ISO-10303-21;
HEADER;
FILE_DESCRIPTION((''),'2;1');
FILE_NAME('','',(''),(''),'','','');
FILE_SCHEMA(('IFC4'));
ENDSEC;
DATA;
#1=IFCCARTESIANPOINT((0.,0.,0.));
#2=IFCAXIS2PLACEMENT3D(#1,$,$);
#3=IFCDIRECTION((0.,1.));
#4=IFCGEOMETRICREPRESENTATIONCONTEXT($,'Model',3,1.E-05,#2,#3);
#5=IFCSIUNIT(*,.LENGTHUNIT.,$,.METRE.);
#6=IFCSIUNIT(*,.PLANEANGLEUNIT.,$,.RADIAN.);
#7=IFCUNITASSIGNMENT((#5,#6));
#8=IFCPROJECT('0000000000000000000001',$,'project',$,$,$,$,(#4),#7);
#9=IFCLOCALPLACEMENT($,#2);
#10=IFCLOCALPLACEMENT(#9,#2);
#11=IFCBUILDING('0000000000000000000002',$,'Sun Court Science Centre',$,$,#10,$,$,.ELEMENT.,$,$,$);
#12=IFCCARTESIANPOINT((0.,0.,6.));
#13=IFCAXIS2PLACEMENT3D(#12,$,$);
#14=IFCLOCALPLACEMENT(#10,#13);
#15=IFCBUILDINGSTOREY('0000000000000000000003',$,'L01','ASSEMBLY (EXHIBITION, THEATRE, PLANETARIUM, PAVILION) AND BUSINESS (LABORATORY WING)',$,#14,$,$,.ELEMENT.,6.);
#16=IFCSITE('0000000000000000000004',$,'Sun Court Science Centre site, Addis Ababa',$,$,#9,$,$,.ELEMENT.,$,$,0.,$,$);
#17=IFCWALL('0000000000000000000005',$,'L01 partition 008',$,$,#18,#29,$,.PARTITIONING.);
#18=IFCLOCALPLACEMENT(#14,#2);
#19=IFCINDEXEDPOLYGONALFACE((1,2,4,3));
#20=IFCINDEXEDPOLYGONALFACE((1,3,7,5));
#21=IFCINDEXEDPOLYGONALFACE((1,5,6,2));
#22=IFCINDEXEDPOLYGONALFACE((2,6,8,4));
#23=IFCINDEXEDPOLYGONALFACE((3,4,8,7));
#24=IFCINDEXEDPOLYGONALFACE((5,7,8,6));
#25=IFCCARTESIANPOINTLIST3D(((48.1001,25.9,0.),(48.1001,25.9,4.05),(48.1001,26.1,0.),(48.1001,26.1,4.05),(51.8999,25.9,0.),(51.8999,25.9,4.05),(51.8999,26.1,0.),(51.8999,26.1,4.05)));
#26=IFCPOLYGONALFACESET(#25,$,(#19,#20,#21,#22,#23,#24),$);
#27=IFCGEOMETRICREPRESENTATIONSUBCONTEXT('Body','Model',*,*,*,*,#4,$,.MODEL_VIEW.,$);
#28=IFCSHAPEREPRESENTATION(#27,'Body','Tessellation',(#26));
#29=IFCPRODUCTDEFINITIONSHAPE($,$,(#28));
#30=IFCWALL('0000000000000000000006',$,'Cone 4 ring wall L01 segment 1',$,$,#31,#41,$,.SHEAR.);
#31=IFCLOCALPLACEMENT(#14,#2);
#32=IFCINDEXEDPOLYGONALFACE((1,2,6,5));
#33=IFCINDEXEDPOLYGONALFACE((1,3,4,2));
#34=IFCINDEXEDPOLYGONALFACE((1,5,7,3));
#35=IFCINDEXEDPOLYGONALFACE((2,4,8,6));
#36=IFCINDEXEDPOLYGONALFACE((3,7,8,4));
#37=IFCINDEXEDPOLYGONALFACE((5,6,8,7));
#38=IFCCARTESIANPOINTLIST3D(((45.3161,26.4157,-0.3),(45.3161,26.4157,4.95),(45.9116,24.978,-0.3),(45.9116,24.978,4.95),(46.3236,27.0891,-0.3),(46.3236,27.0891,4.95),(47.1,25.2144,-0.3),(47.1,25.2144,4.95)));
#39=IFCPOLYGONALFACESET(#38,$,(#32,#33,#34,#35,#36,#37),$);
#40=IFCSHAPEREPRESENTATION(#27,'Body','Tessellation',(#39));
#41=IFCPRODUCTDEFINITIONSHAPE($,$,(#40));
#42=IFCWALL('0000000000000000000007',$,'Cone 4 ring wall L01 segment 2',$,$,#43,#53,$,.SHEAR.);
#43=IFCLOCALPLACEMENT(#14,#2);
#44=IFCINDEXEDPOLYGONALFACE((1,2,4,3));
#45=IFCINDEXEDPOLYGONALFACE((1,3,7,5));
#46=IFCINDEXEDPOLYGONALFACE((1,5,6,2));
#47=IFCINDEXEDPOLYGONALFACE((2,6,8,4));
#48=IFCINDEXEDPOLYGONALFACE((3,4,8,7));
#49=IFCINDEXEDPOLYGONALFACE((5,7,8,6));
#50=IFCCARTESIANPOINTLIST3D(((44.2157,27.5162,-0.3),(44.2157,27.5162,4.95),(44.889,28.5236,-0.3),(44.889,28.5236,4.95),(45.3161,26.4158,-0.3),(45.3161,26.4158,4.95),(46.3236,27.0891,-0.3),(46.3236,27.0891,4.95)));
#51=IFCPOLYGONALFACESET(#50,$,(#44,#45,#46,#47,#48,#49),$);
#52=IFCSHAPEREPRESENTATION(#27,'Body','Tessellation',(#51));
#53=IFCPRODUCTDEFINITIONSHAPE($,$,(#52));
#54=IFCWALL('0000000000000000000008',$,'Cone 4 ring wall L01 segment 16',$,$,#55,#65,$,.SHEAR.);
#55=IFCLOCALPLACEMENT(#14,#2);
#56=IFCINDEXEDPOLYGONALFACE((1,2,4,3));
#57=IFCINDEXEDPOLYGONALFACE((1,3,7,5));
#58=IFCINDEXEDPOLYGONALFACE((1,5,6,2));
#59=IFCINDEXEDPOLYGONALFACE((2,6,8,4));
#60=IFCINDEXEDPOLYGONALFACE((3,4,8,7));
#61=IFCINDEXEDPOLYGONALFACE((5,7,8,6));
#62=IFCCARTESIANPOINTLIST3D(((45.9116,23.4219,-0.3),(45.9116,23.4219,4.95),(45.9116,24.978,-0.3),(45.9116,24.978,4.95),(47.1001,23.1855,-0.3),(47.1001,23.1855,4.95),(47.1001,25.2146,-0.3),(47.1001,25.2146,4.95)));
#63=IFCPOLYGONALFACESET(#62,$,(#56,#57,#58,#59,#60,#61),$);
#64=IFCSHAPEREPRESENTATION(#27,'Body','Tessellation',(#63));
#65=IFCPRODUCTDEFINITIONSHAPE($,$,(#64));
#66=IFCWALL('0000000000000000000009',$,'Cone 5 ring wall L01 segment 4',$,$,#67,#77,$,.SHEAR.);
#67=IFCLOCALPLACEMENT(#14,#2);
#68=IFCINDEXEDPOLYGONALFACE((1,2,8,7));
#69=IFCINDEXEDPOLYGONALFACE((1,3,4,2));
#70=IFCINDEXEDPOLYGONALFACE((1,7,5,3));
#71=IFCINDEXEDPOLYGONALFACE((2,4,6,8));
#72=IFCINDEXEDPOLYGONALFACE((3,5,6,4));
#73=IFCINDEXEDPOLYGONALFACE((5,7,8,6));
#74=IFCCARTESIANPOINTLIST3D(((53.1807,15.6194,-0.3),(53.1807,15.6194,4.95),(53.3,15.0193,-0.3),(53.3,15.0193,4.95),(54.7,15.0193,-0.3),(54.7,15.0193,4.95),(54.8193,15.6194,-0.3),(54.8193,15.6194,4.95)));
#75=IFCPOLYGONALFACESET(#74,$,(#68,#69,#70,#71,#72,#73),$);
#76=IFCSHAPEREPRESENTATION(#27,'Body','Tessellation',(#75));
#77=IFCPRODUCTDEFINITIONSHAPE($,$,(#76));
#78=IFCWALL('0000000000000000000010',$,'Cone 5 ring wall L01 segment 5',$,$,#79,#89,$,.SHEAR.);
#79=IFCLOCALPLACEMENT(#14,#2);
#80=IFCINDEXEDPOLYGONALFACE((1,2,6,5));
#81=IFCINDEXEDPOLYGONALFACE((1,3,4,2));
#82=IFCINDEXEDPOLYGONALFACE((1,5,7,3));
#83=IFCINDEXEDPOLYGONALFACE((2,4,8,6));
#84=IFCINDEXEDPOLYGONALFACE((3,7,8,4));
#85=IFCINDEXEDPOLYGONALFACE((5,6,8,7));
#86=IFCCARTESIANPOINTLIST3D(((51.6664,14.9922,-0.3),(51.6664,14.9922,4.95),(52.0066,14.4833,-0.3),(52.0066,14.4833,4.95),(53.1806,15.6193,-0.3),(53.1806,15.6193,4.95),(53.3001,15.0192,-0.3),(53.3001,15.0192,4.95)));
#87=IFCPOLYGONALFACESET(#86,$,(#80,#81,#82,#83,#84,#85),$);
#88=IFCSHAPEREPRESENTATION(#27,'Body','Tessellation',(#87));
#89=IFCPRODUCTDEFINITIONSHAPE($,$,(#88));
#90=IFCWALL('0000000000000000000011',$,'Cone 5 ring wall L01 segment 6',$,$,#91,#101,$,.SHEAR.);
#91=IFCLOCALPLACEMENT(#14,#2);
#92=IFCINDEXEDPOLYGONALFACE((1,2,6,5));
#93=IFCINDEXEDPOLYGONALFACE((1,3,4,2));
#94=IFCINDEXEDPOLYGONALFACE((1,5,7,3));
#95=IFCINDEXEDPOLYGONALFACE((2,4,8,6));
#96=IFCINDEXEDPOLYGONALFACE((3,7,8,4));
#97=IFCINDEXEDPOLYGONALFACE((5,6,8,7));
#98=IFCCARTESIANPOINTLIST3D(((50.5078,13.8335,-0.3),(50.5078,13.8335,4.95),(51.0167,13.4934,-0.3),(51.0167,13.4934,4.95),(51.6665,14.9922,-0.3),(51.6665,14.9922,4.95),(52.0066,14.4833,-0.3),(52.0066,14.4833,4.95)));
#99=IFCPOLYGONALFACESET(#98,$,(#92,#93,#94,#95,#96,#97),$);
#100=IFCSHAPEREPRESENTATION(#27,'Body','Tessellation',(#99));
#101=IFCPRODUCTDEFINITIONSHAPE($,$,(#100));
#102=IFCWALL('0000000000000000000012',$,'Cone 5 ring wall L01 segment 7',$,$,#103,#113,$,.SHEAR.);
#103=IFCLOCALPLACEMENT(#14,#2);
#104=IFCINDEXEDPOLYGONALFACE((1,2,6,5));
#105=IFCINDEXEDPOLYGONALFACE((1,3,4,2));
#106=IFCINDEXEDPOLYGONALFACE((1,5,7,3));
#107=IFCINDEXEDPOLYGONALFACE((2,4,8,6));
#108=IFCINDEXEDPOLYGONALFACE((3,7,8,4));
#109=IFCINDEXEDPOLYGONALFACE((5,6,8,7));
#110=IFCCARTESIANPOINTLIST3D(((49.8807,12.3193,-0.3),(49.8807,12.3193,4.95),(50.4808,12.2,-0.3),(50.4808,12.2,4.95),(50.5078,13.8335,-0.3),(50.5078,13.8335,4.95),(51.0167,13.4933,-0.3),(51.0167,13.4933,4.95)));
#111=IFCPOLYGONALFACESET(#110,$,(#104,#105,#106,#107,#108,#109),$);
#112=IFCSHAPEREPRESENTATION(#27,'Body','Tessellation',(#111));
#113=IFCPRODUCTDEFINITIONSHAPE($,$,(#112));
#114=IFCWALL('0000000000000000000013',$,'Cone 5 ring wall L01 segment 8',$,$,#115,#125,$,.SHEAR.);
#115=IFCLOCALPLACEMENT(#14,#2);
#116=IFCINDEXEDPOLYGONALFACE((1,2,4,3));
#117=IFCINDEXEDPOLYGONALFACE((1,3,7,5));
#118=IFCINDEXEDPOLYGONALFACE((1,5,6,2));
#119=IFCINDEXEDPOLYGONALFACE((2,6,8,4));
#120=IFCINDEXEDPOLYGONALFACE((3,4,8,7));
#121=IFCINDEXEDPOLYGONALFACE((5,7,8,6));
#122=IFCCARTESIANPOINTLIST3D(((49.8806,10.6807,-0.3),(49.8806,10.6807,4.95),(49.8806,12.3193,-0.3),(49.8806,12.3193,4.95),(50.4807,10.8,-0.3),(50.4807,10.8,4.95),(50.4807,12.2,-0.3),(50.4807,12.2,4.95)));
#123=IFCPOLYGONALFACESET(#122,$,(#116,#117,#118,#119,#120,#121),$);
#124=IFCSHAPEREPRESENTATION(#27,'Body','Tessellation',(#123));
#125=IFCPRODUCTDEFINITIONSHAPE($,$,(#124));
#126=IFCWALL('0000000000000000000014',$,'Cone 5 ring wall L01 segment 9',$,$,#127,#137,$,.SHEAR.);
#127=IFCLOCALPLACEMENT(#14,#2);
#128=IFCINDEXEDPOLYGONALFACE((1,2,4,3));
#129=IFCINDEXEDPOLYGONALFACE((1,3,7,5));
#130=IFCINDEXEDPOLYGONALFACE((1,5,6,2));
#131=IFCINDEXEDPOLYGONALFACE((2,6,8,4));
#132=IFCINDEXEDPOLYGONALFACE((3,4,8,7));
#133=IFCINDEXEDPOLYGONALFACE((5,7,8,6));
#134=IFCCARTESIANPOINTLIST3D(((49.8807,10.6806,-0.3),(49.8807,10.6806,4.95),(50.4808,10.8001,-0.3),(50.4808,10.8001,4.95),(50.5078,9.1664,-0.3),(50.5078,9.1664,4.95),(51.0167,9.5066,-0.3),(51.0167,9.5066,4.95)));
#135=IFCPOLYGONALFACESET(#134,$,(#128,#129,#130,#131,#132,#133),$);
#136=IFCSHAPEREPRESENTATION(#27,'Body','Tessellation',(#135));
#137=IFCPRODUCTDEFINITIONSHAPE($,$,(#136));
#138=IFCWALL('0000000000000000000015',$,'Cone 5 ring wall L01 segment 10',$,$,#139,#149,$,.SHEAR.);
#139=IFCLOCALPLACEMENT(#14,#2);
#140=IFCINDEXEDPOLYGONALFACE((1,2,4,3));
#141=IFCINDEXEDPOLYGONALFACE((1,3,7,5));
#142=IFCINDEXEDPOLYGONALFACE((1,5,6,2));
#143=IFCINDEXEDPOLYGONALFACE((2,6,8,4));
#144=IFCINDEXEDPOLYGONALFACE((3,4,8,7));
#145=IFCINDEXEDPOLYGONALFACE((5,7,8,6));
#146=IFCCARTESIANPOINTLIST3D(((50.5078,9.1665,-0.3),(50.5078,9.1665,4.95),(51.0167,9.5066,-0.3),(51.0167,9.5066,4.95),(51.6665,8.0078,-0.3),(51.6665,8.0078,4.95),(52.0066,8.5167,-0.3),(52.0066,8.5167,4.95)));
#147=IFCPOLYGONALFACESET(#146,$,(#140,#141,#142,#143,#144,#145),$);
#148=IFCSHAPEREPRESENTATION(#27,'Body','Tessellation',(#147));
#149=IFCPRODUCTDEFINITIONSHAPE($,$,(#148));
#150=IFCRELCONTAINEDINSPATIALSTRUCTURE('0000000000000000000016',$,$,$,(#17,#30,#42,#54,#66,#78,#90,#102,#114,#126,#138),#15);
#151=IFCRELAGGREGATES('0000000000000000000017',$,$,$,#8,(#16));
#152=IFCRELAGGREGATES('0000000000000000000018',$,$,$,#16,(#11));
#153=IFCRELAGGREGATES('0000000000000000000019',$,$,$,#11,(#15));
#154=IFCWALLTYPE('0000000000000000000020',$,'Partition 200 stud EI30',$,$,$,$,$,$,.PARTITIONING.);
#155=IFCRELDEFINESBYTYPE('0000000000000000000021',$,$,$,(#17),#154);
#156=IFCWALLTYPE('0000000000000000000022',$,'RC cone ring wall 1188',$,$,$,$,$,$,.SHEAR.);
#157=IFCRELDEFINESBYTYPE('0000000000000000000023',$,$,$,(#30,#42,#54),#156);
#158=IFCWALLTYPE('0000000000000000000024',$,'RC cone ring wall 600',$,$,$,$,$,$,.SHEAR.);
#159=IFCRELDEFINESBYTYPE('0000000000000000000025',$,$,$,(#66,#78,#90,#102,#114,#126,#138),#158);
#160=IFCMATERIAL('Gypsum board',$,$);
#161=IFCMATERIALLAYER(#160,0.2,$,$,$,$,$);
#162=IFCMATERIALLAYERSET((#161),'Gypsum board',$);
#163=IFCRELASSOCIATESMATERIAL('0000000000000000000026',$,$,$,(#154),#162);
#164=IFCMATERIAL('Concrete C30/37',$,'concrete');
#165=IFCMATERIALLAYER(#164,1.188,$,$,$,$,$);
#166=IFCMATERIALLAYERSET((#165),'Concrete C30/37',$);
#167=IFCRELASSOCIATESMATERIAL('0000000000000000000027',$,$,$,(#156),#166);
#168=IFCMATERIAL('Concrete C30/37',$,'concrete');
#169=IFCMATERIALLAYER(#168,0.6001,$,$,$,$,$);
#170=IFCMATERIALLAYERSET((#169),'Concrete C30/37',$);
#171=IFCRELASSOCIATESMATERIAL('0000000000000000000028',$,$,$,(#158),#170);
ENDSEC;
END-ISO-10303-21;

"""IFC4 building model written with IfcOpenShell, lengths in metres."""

from ifc_helpers import new_model, si_unit, direction, frame, frame_2d, origin, place, context, subcontext, project, spatial, polyline, rectangle, outline, extrude, material, layer, layer_set, type_object, element, save


model = new_model("IFC4")

# Units and contexts
model_context = context("Model", 3, precision=1e-05, world=origin(), true_north=direction((0.0, 1.0)))
body_context = subcontext(model_context, "Body", "Model", "MODEL_VIEW")
ifc_project = project(units=[si_unit("LENGTHUNIT", "METRE"), si_unit("PLANEANGLEUNIT", "RADIAN")], contexts=[model_context])

# Site, building, storey
site_placement = place(None, origin())
site = spatial("IfcSite", under=ifc_project, at=site_placement, Name="Sun Court Science Centre site, Addis Ababa", CompositionType="ELEMENT", RefElevation=0.0)
building_placement = place(site_placement, origin())
building = spatial("IfcBuilding", under=site, at=building_placement, Name="Sun Court Science Centre", CompositionType="ELEMENT")
storey_placement = place(building_placement, frame((0.0, 0.0, 6.0)))
storey = spatial("IfcBuildingStorey", under=building, at=storey_placement, Name="L01", Description="ASSEMBLY (EXHIBITION, THEATRE, PLANETARIUM, PAVILION) AND BUSINESS (LABORATORY WING)", CompositionType="ELEMENT", Elevation=6.0)

# Walls
ifc_material_1 = material(Name="Gypsum board")
ifc_layer_1 = layer(ifc_material_1, 0.2)
ifc_layer_set_1 = layer_set([ifc_layer_1], Name="Gypsum board")
wall_type_1 = type_object("IfcWallType", Name="Partition 200 stud EI30", PredefinedType="PARTITIONING", material=ifc_layer_set_1)
for number, where, z_axis, x_axis, name in (
    (1, (48.1001, 26.0, 0.0), (0.0, 0.0, 1.0), (1.0, 0.0, 0.0), "L01 partition 008"),
):
    element("IfcWall", number, at=place(storey_placement, frame(where, z_axis=z_axis, x_axis=x_axis)), inside=storey, type_object=wall_type_1, Name=name, PredefinedType="PARTITIONING", context=body_context, shape_type="SweptSolid", body=[
        extrude(rectangle(XDim=3.7998, YDim=0.2, at=frame_2d((1.8999, 0.0))), origin(), (0.0, 0.0, 1.0), 4.05),
    ])
ifc_material_2 = material(Name="Concrete C30/37", Category="concrete")
ifc_layer_2 = layer(ifc_material_2, 1.188)
ifc_layer_set_2 = layer_set([ifc_layer_2], Name="Concrete C30/37")
wall_type_2 = type_object("IfcWallType", Name="RC cone ring wall 1188", PredefinedType="SHEAR", material=ifc_layer_set_2)
wall_1_placement = place(storey_placement, frame((46.551, 24.9871, -0.3), z_axis=(0.0, 0.0, 1.0), x_axis=(-0.382649, 0.923894, 0.0)))
element("IfcWall", 2, at=wall_1_placement, inside=storey, type_object=wall_type_2, Name="Cone 4 ring wall L01 segment 1", PredefinedType="SHEAR", context=body_context, shape_type="SweptSolid", body=[
    extrude(outline(polyline([(0.0, -0.5942), (2.0291, -0.5942), (1.7925, 0.5942), (0.2363, 0.5942), (0.0, -0.5942)])), origin(), (0.0, 0.0, 1.0), 5.25),
])
wall_2_placement = place(storey_placement, frame((45.9036, 26.6687, -0.3), z_axis=(0.0, 0.0, 1.0), x_axis=(-0.707107, 0.707107, 0.0)))
element("IfcWall", 3, at=wall_2_placement, inside=storey, type_object=wall_type_2, Name="Cone 4 ring wall L01 segment 2", PredefinedType="SHEAR", context=body_context, shape_type="SweptSolid", body=[
    extrude(outline(polyline([(0.0002, -0.5942), (2.0291, -0.5942), (1.7927, 0.5942), (0.2366, 0.5942), (0.0002, -0.5942)])), origin(), (0.0, 0.0, 1.0), 5.25),
])
wall_3_placement = place(storey_placement, frame((46.5059, 23.1855, -0.3), z_axis=(0.0, 0.0, 1.0), x_axis=(0.0, 1.0, 0.0)))
element("IfcWall", 4, at=wall_3_placement, inside=storey, type_object=wall_type_2, Name="Cone 4 ring wall L01 segment 16", PredefinedType="SHEAR", context=body_context, shape_type="SweptSolid", body=[
    extrude(outline(polyline([(0.0, -0.5942), (2.0291, -0.5942), (1.7925, 0.5942), (0.2363, 0.5942), (0.0, -0.5942)])), origin(), (0.0, 0.0, 1.0), 5.25),
])
ifc_material_3 = material(Name="Concrete C30/37", Category="concrete")
ifc_layer_3 = layer(ifc_material_3, 0.6001)
ifc_layer_set_3 = layer_set([ifc_layer_3], Name="Concrete C30/37")
wall_type_3 = type_object("IfcWallType", Name="RC cone ring wall 600", PredefinedType="SHEAR", material=ifc_layer_set_3)
wall_4_placement = place(storey_placement, frame((54.8193, 15.3193, -0.3), z_axis=(0.0, 0.0, 1.0), x_axis=(-1.0, 0.0, 0.0)))
element("IfcWall", 5, at=wall_4_placement, inside=storey, type_object=wall_type_3, Name="Cone 5 ring wall L01 segment 4", PredefinedType="SHEAR", context=body_context, shape_type="SweptSolid", body=[
    extrude(outline(polyline([(0.0, -0.3), (1.6387, -0.3), (1.5193, 0.3), (0.1194, 0.3), (0.0, -0.3)])), origin(), (0.0, 0.0, 1.0), 5.25),
])
wall_5_placement = place(storey_placement, frame((53.2954, 15.342, -0.3), z_axis=(0.0, 0.0, 1.0), x_axis=(-0.923908, -0.382615, 0.0)))
element("IfcWall", 6, at=wall_5_placement, inside=storey, type_object=wall_type_3, Name="Cone 5 ring wall L01 segment 5", PredefinedType="SHEAR", context=body_context, shape_type="SweptSolid", body=[
    extrude(outline(polyline([(0.0, -0.3), (1.6389, -0.3), (1.5193, 0.3003), (0.1191, 0.3), (0.0, -0.3)])), origin(), (0.0, 0.0, 1.0), 5.25),
])
wall_6_placement = place(storey_placement, frame((51.8787, 14.78, -0.3), z_axis=(0.0, 0.0, 1.0), x_axis=(-0.707107, -0.707107, 0.0)))
element("IfcWall", 7, at=wall_6_placement, inside=storey, type_object=wall_type_3, Name="Cone 5 ring wall L01 segment 6", PredefinedType="SHEAR", context=body_context, shape_type="SweptSolid", body=[
    extrude(outline(polyline([(0.0, -0.3), (1.6387, -0.3), (1.5193, 0.3003), (0.1194, 0.3003), (0.0, -0.3)])), origin(), (0.0, 0.0, 1.0), 5.25),
])
wall_7_placement = place(storey_placement, frame((50.7849, 13.7185, -0.3), z_axis=(0.0, 0.0, 1.0), x_axis=(-0.382615, -0.923908, 0.0)))
element("IfcWall", 8, at=wall_7_placement, inside=storey, type_object=wall_type_3, Name="Cone 5 ring wall L01 segment 7", PredefinedType="SHEAR", context=body_context, shape_type="SweptSolid", body=[
    extrude(outline(polyline([(-0.0002, -0.3), (1.6387, -0.3), (1.5193, 0.3), (0.1194, 0.3003), (-0.0002, -0.3)])), origin(), (0.0, 0.0, 1.0), 5.25),
])
wall_8_placement = place(storey_placement, frame((50.1807, 12.3193, -0.3), z_axis=(0.0, 0.0, 1.0), x_axis=(0.0, -1.0, 0.0)))
element("IfcWall", 9, at=wall_8_placement, inside=storey, type_object=wall_type_3, Name="Cone 5 ring wall L01 segment 8", PredefinedType="SHEAR", context=body_context, shape_type="SweptSolid", body=[
    extrude(outline(polyline([(0.0, -0.3), (1.6387, -0.3), (1.5193, 0.3), (0.1194, 0.3), (0.0, -0.3)])), origin(), (0.0, 0.0, 1.0), 5.25),
])
wall_9_placement = place(storey_placement, frame((50.158, 10.7954, -0.3), z_axis=(0.0, 0.0, 1.0), x_axis=(0.382615, -0.923908, 0.0)))
element("IfcWall", 10, at=wall_9_placement, inside=storey, type_object=wall_type_3, Name="Cone 5 ring wall L01 segment 9", PredefinedType="SHEAR", context=body_context, shape_type="SweptSolid", body=[
    extrude(outline(polyline([(0.0, -0.3), (1.6389, -0.3), (1.5193, 0.3003), (0.1191, 0.3), (0.0, -0.3)])), origin(), (0.0, 0.0, 1.0), 5.25),
])
wall_10_placement = place(storey_placement, frame((50.72, 9.3787, -0.3), z_axis=(0.0, 0.0, 1.0), x_axis=(0.707107, -0.707107, 0.0)))
element("IfcWall", 11, at=wall_10_placement, inside=storey, type_object=wall_type_3, Name="Cone 5 ring wall L01 segment 10", PredefinedType="SHEAR", context=body_context, shape_type="SweptSolid", body=[
    extrude(outline(polyline([(0.0, -0.3), (1.6387, -0.3), (1.5193, 0.3003), (0.1194, 0.3003), (0.0, -0.3)])), origin(), (0.0, 0.0, 1.0), 5.25),
])

save(model, "model.ifc")
